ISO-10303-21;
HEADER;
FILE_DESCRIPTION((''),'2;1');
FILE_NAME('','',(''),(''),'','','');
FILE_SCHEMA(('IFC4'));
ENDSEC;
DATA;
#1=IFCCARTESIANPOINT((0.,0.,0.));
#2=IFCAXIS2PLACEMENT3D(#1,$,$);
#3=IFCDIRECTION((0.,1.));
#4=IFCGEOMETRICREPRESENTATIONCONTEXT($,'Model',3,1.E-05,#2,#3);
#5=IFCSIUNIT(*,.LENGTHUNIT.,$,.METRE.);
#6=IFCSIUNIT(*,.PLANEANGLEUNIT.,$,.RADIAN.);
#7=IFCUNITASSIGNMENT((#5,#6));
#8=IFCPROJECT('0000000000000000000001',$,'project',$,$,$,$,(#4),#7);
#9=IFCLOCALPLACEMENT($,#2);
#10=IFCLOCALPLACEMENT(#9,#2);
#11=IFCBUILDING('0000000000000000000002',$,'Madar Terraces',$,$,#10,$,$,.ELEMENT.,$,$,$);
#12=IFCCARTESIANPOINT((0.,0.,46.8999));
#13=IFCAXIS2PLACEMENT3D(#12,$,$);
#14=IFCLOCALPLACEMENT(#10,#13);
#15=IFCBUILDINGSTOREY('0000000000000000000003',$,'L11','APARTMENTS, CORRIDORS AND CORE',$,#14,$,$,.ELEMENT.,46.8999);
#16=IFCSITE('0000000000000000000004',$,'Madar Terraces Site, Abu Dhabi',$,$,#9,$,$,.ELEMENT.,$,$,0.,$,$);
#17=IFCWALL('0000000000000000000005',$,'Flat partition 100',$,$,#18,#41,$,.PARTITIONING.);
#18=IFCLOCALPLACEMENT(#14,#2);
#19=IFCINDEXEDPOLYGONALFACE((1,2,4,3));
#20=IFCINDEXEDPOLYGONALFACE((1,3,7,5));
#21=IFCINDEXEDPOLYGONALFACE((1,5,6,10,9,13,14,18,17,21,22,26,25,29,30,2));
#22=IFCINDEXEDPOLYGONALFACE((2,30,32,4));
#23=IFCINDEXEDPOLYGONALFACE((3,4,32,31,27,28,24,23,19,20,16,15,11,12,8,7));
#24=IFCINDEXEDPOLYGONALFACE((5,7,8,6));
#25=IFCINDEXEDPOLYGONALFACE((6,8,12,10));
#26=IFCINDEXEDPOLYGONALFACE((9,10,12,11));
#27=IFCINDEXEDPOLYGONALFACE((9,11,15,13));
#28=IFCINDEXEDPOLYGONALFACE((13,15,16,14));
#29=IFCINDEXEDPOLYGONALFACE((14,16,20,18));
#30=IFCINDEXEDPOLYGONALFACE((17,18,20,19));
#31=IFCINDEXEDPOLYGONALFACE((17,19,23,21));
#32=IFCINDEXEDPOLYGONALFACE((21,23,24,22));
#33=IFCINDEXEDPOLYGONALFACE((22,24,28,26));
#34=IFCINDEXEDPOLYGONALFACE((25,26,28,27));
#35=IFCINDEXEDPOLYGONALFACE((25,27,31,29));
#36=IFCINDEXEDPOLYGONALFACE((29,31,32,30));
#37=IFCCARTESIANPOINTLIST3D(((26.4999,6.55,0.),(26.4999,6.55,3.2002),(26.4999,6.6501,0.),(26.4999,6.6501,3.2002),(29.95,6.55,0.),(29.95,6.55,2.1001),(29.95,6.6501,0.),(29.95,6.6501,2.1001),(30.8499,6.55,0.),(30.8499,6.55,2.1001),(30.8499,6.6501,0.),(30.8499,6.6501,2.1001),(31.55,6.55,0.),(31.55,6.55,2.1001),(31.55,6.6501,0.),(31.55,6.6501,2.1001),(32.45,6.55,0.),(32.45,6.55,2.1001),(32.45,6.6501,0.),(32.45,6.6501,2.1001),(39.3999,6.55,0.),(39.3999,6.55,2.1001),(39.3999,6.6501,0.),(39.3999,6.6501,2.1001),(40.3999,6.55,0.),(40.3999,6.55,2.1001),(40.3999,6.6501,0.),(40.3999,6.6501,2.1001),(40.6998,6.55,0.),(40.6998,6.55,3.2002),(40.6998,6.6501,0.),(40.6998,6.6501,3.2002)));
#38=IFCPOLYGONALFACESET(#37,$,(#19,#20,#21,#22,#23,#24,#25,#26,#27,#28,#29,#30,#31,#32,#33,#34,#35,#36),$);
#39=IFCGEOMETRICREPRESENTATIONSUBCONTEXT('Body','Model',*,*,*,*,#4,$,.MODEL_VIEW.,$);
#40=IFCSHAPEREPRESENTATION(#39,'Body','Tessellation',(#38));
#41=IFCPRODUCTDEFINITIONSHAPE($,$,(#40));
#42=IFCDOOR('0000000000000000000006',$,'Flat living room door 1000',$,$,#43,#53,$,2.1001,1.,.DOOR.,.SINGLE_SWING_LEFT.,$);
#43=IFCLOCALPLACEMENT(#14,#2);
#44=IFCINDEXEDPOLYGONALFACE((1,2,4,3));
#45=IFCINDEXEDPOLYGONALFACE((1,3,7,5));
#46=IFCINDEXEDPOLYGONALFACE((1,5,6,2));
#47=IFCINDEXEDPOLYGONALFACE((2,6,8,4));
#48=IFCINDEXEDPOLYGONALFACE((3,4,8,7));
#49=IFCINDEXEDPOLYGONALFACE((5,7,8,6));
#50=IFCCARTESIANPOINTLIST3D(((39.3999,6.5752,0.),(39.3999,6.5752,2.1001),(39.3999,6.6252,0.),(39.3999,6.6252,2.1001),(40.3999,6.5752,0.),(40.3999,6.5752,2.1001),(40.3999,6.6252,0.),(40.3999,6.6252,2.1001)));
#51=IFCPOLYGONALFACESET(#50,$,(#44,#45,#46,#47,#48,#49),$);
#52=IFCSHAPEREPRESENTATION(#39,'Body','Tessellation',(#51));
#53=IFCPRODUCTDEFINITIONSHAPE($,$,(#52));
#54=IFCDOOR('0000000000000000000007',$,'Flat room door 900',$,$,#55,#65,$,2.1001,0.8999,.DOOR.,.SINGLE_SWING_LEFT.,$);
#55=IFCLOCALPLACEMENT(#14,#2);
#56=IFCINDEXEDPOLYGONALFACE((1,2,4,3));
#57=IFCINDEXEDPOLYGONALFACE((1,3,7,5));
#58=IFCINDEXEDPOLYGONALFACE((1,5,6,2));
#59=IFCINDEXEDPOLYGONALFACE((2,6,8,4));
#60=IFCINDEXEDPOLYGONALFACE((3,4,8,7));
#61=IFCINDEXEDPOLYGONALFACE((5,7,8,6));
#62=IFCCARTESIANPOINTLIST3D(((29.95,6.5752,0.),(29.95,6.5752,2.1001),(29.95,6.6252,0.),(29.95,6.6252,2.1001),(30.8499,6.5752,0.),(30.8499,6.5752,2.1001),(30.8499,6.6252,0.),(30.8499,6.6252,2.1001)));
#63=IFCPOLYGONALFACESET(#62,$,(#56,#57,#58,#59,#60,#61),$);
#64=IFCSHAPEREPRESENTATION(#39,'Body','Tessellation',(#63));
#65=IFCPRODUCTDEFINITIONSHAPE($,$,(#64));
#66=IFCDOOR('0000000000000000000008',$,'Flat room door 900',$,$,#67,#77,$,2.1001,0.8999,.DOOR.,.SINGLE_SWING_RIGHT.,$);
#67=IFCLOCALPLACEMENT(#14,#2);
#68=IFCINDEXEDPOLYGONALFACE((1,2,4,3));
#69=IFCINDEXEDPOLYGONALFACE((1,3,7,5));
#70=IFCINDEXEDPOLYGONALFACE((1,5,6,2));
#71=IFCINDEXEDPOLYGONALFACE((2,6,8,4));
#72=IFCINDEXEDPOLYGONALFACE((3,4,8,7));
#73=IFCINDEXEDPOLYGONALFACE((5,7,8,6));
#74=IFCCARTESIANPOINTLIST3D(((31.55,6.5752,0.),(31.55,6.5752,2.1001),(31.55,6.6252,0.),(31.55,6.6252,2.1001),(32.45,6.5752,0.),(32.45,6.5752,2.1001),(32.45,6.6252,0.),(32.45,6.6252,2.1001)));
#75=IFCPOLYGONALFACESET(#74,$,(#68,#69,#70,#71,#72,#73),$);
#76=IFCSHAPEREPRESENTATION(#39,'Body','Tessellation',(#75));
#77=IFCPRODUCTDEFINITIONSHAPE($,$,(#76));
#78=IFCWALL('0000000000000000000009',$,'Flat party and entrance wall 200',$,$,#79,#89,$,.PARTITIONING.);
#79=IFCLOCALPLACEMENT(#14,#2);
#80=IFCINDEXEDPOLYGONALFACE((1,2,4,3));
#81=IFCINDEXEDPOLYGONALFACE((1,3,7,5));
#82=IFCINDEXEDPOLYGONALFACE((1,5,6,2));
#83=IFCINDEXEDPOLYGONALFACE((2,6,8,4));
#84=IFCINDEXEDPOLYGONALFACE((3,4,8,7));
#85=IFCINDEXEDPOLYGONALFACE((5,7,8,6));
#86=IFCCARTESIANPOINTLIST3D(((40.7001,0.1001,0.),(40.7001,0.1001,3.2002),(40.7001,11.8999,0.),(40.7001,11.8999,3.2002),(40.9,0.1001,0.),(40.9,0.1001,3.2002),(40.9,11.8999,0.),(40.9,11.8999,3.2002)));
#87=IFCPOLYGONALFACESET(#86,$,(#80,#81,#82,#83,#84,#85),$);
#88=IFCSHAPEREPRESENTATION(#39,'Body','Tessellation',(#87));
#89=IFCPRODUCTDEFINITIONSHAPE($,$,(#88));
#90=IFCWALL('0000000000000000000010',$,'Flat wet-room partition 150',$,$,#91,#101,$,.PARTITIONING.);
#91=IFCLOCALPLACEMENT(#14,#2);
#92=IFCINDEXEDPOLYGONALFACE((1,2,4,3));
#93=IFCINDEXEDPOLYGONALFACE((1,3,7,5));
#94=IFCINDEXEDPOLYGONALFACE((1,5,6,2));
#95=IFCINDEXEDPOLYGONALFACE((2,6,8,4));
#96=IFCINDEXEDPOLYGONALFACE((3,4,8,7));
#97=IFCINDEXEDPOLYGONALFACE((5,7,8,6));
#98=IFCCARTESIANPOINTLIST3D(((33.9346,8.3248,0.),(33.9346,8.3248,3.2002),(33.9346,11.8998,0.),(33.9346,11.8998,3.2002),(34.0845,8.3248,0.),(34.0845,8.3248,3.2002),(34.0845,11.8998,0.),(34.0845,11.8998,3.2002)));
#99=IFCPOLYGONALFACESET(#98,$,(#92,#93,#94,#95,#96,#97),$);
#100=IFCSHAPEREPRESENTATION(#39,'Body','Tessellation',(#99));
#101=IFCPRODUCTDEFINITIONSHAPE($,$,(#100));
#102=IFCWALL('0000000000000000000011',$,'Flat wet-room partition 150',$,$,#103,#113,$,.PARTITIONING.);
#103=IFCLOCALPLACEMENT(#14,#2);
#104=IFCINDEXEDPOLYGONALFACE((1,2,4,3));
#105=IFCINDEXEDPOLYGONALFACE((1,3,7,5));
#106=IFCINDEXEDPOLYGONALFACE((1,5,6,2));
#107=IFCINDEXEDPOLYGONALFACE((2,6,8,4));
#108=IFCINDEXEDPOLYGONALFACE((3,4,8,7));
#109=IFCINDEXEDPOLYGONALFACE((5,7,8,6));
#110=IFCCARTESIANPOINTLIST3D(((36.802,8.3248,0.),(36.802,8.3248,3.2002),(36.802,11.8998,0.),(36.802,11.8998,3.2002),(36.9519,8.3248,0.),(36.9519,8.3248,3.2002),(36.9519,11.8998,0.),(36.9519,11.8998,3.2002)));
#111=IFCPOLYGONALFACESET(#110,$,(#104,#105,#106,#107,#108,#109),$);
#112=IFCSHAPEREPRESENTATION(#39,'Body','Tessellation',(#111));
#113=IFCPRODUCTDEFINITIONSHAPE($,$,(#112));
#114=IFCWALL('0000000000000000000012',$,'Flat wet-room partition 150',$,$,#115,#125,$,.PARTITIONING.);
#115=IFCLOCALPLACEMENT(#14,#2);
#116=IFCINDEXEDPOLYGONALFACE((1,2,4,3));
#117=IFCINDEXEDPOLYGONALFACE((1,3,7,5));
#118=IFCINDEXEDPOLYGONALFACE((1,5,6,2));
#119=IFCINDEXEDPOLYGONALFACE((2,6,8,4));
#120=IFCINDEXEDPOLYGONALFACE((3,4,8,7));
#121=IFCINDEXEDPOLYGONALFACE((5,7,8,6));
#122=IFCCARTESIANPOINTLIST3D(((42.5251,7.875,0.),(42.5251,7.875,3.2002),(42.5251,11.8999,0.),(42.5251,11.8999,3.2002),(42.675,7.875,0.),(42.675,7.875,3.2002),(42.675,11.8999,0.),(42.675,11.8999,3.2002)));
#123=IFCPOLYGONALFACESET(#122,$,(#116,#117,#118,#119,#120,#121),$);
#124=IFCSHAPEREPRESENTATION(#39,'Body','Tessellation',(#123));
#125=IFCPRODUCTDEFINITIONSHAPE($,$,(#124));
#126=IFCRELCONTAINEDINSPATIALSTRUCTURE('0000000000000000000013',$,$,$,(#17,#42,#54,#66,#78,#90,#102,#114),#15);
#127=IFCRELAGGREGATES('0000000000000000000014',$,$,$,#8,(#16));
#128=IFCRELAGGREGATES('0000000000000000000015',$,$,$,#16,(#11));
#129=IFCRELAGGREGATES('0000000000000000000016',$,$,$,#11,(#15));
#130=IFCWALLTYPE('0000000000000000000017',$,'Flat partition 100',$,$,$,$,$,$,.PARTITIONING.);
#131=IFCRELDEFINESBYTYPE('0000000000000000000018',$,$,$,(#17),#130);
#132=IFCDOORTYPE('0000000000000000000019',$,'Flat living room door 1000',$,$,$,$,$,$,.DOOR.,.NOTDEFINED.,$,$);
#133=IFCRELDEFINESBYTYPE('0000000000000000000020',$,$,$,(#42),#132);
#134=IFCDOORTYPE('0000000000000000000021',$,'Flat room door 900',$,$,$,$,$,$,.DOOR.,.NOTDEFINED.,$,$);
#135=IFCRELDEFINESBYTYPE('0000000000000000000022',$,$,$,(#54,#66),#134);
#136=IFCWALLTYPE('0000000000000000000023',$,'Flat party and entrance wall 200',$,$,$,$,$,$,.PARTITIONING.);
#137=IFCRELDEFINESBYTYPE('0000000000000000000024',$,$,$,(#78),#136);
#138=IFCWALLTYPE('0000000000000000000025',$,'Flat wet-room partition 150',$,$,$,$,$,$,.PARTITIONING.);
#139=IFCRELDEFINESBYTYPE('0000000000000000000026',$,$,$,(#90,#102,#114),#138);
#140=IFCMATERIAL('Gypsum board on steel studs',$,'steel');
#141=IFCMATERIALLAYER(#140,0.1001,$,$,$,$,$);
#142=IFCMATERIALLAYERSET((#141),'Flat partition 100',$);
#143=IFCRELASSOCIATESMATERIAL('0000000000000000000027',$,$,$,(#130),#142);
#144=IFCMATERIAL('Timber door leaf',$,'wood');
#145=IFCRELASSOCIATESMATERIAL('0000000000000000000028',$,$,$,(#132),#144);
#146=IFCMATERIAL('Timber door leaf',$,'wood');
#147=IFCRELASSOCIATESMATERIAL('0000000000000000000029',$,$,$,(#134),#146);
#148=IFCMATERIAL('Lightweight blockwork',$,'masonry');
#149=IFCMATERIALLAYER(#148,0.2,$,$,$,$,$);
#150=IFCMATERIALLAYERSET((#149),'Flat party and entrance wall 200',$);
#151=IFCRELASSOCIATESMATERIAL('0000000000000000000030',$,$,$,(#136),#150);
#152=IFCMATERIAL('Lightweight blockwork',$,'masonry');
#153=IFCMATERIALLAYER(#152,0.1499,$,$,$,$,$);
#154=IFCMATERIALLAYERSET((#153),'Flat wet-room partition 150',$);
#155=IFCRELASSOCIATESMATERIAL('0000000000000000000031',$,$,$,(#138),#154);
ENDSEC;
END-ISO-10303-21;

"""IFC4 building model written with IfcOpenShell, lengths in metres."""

from ifc_helpers import new_model, si_unit, direction, frame, frame_2d, origin, place, context, subcontext, project, spatial, rectangle, extrude, material, layer, layer_set, type_object, element, fill, save


model = new_model("IFC4")

# Units and contexts
model_context = context("Model", 3, precision=1e-05, world=origin(), true_north=direction((0.0, 1.0)))
body_context = subcontext(model_context, "Body", "Model", "MODEL_VIEW")
ifc_project = project(units=[si_unit("LENGTHUNIT", "METRE"), si_unit("PLANEANGLEUNIT", "RADIAN")], contexts=[model_context])

# Site, building, storey
site_placement = place(None, origin())
site = spatial("IfcSite", under=ifc_project, at=site_placement, Name="Madar Terraces Site, Abu Dhabi", CompositionType="ELEMENT", RefElevation=0.0)
building_placement = place(site_placement, origin())
building = spatial("IfcBuilding", under=site, at=building_placement, Name="Madar Terraces", CompositionType="ELEMENT")
storey_placement = place(building_placement, frame((0.0, 0.0, 46.8999)))
storey = spatial("IfcBuildingStorey", under=building, at=storey_placement, Name="L11", Description="APARTMENTS, CORRIDORS AND CORE", CompositionType="ELEMENT", Elevation=46.8999)

# Shared definitions
ifc_material_1 = material(Name="Gypsum board on steel studs", Category="steel")
ifc_layer_1 = layer(ifc_material_1, 0.1001)
ifc_layer_set_1 = layer_set([ifc_layer_1], Name="Flat partition 100")
wall_type_1 = type_object("IfcWallType", Name="Flat partition 100", PredefinedType="PARTITIONING", material=ifc_layer_set_1)

# Wall, openings, doors
wall_1_placement = place(storey_placement, frame((40.7, 6.6001, 0.0), z_axis=(0.0, 0.0, 1.0), x_axis=(-1.0, 0.0, 0.0)))
wall_1 = element("IfcWall", 1, at=wall_1_placement, inside=storey, type_object=wall_type_1, Name="Flat partition 100", PredefinedType="PARTITIONING", context=body_context, shape_type="SweptSolid", body=[
    extrude(rectangle(XDim=14.2, YDim=0.1001, at=frame_2d((7.1001, 0.0))), origin(), (0.0, 0.0, 1.0), 3.2002),
])
opening_1_placement = place(wall_1_placement, frame((9.8501, 0.0, 0.0)))
opening_1 = element("IfcOpeningElement", 2, at=opening_1_placement, cuts=wall_1, PredefinedType="OPENING", context=body_context, shape_type="SweptSolid", body=[
    extrude(rectangle(XDim=0.8999, YDim=2.1001, at=frame_2d((0.45, 1.05))), frame((0.0, 0.0601, 0.0), z_axis=(0.0, -1.0, 0.0), x_axis=(1.0, 0.0, 0.0)), (0.0, 0.0, 1.0), 0.1201),
])
opening_2_placement = place(wall_1_placement, frame((8.25, 0.0, 0.0)))
opening_2 = element("IfcOpeningElement", 3, at=opening_2_placement, cuts=wall_1, PredefinedType="OPENING", context=body_context, shape_type="SweptSolid", body=[
    extrude(rectangle(XDim=0.8999, YDim=2.1001, at=frame_2d((0.45, 1.05))), frame((0.0, 0.0601, 0.0), z_axis=(0.0, -1.0, 0.0), x_axis=(1.0, 0.0, 0.0)), (0.0, 0.0, 1.0), 0.1201),
])
opening_3_placement = place(wall_1_placement, frame((0.3, 0.0, 0.0)))
opening_3 = element("IfcOpeningElement", 4, at=opening_3_placement, cuts=wall_1, PredefinedType="OPENING", context=body_context, shape_type="SweptSolid", body=[
    extrude(rectangle(XDim=1.0, YDim=2.1001, at=frame_2d((0.5, 1.05))), frame((0.0, 0.0601, 0.0), z_axis=(0.0, -1.0, 0.0), x_axis=(1.0, 0.0, 0.0)), (0.0, 0.0, 1.0), 0.1201),
])
ifc_material_2 = material(Name="Timber door leaf", Category="wood")
door_type_1 = type_object("IfcDoorType", Name="Flat living room door 1000", OperationType="NOTDEFINED", PredefinedType="DOOR", material=ifc_material_2)
door_1_placement = place(opening_3_placement, origin())
door_1 = element("IfcDoor", 5, at=door_1_placement, inside=storey, type_object=door_type_1, Name="Flat living room door 1000", OperationType="SINGLE_SWING_LEFT", OverallHeight=2.1001, OverallWidth=1.0, PredefinedType="DOOR", context=body_context, shape_type="SweptSolid", body=[
    extrude(rectangle(XDim=1.0, YDim=2.1001, at=frame_2d((0.5, 1.05))), frame((0.0, 0.0249, 0.0), z_axis=(0.0, -1.0, 0.0), x_axis=(1.0, 0.0, 0.0)), (0.0, 0.0, 1.0), 0.05),
])
fill(opening_3, door_1)
ifc_material_3 = material(Name="Timber door leaf", Category="wood")
door_type_2 = type_object("IfcDoorType", Name="Flat room door 900", OperationType="NOTDEFINED", PredefinedType="DOOR", material=ifc_material_3)
door_2_placement = place(opening_1_placement, origin())
door_2 = element("IfcDoor", 6, at=door_2_placement, inside=storey, type_object=door_type_2, Name="Flat room door 900", OperationType="SINGLE_SWING_LEFT", OverallHeight=2.1001, OverallWidth=0.8999, PredefinedType="DOOR", context=body_context, shape_type="SweptSolid", body=[
    extrude(rectangle(XDim=0.8999, YDim=2.1001, at=frame_2d((0.45, 1.05))), frame((0.0, 0.0249, 0.0), z_axis=(0.0, -1.0, 0.0), x_axis=(1.0, 0.0, 0.0)), (0.0, 0.0, 1.0), 0.05),
])
fill(opening_1, door_2)
door_3_placement = place(opening_2_placement, origin())
door_3 = element("IfcDoor", 7, at=door_3_placement, inside=storey, type_object=door_type_2, Name="Flat room door 900", OperationType="SINGLE_SWING_RIGHT", OverallHeight=2.1001, OverallWidth=0.8999, PredefinedType="DOOR", context=body_context, shape_type="SweptSolid", body=[
    extrude(rectangle(XDim=0.8999, YDim=2.1001, at=frame_2d((0.45, 1.05))), frame((0.0, 0.0249, 0.0), z_axis=(0.0, -1.0, 0.0), x_axis=(1.0, 0.0, 0.0)), (0.0, 0.0, 1.0), 0.05),
])
fill(opening_2, door_3)

# Walls
ifc_material_4 = material(Name="Lightweight blockwork", Category="masonry")
ifc_layer_2 = layer(ifc_material_4, 0.2)
ifc_layer_set_2 = layer_set([ifc_layer_2], Name="Flat party and entrance wall 200")
wall_type_2 = type_object("IfcWallType", Name="Flat party and entrance wall 200", PredefinedType="PARTITIONING", material=ifc_layer_set_2)
wall_2_placement = place(storey_placement, frame((40.8, 11.8999, 0.0), z_axis=(0.0, 0.0, 1.0), x_axis=(0.0, -1.0, 0.0)))
element("IfcWall", 8, at=wall_2_placement, inside=storey, type_object=wall_type_2, Name="Flat party and entrance wall 200", PredefinedType="PARTITIONING", context=body_context, shape_type="SweptSolid", body=[
    extrude(rectangle(XDim=11.7998, YDim=0.2, at=frame_2d((5.8999, 0.0))), origin(), (0.0, 0.0, 1.0), 3.2002),
])
ifc_material_5 = material(Name="Lightweight blockwork", Category="masonry")
ifc_layer_3 = layer(ifc_material_5, 0.1499)
ifc_layer_set_3 = layer_set([ifc_layer_3], Name="Flat wet-room partition 150")
wall_type_3 = type_object("IfcWallType", Name="Flat wet-room partition 150", PredefinedType="PARTITIONING", material=ifc_layer_set_3)
for number, where, z_axis, x_axis, name in (
    (9, (34.0095, 11.8999, 0.0), (0.0, 0.0, 1.0), (0.0, -1.0, 0.0), "Flat wet-room partition 150"),
    (10, (36.877, 11.8999, 0.0), (0.0, 0.0, 1.0), (0.0, -1.0, 0.0), "Flat wet-room partition 150"),
):
    element("IfcWall", number, at=place(storey_placement, frame(where, z_axis=z_axis, x_axis=x_axis)), inside=storey, type_object=wall_type_3, Name=name, PredefinedType="PARTITIONING", context=body_context, shape_type="SweptSolid", body=[
        extrude(rectangle(XDim=3.575, YDim=0.1499, at=frame_2d((1.7876, 0.0))), origin(), (0.0, 0.0, 1.0), 3.2002),
    ])
wall_3_placement = place(storey_placement, frame((42.6001, 11.8999, 0.0), z_axis=(0.0, 0.0, 1.0), x_axis=(0.0, -1.0, 0.0)))
element("IfcWall", 11, at=wall_3_placement, inside=storey, type_object=wall_type_3, Name="Flat wet-room partition 150", PredefinedType="PARTITIONING", context=body_context, shape_type="SweptSolid", body=[
    extrude(rectangle(XDim=4.0249, YDim=0.1499, at=frame_2d((2.0125, 0.0))), origin(), (0.0, 0.0, 1.0), 3.2002),
])

save(model, "model.ifc")
